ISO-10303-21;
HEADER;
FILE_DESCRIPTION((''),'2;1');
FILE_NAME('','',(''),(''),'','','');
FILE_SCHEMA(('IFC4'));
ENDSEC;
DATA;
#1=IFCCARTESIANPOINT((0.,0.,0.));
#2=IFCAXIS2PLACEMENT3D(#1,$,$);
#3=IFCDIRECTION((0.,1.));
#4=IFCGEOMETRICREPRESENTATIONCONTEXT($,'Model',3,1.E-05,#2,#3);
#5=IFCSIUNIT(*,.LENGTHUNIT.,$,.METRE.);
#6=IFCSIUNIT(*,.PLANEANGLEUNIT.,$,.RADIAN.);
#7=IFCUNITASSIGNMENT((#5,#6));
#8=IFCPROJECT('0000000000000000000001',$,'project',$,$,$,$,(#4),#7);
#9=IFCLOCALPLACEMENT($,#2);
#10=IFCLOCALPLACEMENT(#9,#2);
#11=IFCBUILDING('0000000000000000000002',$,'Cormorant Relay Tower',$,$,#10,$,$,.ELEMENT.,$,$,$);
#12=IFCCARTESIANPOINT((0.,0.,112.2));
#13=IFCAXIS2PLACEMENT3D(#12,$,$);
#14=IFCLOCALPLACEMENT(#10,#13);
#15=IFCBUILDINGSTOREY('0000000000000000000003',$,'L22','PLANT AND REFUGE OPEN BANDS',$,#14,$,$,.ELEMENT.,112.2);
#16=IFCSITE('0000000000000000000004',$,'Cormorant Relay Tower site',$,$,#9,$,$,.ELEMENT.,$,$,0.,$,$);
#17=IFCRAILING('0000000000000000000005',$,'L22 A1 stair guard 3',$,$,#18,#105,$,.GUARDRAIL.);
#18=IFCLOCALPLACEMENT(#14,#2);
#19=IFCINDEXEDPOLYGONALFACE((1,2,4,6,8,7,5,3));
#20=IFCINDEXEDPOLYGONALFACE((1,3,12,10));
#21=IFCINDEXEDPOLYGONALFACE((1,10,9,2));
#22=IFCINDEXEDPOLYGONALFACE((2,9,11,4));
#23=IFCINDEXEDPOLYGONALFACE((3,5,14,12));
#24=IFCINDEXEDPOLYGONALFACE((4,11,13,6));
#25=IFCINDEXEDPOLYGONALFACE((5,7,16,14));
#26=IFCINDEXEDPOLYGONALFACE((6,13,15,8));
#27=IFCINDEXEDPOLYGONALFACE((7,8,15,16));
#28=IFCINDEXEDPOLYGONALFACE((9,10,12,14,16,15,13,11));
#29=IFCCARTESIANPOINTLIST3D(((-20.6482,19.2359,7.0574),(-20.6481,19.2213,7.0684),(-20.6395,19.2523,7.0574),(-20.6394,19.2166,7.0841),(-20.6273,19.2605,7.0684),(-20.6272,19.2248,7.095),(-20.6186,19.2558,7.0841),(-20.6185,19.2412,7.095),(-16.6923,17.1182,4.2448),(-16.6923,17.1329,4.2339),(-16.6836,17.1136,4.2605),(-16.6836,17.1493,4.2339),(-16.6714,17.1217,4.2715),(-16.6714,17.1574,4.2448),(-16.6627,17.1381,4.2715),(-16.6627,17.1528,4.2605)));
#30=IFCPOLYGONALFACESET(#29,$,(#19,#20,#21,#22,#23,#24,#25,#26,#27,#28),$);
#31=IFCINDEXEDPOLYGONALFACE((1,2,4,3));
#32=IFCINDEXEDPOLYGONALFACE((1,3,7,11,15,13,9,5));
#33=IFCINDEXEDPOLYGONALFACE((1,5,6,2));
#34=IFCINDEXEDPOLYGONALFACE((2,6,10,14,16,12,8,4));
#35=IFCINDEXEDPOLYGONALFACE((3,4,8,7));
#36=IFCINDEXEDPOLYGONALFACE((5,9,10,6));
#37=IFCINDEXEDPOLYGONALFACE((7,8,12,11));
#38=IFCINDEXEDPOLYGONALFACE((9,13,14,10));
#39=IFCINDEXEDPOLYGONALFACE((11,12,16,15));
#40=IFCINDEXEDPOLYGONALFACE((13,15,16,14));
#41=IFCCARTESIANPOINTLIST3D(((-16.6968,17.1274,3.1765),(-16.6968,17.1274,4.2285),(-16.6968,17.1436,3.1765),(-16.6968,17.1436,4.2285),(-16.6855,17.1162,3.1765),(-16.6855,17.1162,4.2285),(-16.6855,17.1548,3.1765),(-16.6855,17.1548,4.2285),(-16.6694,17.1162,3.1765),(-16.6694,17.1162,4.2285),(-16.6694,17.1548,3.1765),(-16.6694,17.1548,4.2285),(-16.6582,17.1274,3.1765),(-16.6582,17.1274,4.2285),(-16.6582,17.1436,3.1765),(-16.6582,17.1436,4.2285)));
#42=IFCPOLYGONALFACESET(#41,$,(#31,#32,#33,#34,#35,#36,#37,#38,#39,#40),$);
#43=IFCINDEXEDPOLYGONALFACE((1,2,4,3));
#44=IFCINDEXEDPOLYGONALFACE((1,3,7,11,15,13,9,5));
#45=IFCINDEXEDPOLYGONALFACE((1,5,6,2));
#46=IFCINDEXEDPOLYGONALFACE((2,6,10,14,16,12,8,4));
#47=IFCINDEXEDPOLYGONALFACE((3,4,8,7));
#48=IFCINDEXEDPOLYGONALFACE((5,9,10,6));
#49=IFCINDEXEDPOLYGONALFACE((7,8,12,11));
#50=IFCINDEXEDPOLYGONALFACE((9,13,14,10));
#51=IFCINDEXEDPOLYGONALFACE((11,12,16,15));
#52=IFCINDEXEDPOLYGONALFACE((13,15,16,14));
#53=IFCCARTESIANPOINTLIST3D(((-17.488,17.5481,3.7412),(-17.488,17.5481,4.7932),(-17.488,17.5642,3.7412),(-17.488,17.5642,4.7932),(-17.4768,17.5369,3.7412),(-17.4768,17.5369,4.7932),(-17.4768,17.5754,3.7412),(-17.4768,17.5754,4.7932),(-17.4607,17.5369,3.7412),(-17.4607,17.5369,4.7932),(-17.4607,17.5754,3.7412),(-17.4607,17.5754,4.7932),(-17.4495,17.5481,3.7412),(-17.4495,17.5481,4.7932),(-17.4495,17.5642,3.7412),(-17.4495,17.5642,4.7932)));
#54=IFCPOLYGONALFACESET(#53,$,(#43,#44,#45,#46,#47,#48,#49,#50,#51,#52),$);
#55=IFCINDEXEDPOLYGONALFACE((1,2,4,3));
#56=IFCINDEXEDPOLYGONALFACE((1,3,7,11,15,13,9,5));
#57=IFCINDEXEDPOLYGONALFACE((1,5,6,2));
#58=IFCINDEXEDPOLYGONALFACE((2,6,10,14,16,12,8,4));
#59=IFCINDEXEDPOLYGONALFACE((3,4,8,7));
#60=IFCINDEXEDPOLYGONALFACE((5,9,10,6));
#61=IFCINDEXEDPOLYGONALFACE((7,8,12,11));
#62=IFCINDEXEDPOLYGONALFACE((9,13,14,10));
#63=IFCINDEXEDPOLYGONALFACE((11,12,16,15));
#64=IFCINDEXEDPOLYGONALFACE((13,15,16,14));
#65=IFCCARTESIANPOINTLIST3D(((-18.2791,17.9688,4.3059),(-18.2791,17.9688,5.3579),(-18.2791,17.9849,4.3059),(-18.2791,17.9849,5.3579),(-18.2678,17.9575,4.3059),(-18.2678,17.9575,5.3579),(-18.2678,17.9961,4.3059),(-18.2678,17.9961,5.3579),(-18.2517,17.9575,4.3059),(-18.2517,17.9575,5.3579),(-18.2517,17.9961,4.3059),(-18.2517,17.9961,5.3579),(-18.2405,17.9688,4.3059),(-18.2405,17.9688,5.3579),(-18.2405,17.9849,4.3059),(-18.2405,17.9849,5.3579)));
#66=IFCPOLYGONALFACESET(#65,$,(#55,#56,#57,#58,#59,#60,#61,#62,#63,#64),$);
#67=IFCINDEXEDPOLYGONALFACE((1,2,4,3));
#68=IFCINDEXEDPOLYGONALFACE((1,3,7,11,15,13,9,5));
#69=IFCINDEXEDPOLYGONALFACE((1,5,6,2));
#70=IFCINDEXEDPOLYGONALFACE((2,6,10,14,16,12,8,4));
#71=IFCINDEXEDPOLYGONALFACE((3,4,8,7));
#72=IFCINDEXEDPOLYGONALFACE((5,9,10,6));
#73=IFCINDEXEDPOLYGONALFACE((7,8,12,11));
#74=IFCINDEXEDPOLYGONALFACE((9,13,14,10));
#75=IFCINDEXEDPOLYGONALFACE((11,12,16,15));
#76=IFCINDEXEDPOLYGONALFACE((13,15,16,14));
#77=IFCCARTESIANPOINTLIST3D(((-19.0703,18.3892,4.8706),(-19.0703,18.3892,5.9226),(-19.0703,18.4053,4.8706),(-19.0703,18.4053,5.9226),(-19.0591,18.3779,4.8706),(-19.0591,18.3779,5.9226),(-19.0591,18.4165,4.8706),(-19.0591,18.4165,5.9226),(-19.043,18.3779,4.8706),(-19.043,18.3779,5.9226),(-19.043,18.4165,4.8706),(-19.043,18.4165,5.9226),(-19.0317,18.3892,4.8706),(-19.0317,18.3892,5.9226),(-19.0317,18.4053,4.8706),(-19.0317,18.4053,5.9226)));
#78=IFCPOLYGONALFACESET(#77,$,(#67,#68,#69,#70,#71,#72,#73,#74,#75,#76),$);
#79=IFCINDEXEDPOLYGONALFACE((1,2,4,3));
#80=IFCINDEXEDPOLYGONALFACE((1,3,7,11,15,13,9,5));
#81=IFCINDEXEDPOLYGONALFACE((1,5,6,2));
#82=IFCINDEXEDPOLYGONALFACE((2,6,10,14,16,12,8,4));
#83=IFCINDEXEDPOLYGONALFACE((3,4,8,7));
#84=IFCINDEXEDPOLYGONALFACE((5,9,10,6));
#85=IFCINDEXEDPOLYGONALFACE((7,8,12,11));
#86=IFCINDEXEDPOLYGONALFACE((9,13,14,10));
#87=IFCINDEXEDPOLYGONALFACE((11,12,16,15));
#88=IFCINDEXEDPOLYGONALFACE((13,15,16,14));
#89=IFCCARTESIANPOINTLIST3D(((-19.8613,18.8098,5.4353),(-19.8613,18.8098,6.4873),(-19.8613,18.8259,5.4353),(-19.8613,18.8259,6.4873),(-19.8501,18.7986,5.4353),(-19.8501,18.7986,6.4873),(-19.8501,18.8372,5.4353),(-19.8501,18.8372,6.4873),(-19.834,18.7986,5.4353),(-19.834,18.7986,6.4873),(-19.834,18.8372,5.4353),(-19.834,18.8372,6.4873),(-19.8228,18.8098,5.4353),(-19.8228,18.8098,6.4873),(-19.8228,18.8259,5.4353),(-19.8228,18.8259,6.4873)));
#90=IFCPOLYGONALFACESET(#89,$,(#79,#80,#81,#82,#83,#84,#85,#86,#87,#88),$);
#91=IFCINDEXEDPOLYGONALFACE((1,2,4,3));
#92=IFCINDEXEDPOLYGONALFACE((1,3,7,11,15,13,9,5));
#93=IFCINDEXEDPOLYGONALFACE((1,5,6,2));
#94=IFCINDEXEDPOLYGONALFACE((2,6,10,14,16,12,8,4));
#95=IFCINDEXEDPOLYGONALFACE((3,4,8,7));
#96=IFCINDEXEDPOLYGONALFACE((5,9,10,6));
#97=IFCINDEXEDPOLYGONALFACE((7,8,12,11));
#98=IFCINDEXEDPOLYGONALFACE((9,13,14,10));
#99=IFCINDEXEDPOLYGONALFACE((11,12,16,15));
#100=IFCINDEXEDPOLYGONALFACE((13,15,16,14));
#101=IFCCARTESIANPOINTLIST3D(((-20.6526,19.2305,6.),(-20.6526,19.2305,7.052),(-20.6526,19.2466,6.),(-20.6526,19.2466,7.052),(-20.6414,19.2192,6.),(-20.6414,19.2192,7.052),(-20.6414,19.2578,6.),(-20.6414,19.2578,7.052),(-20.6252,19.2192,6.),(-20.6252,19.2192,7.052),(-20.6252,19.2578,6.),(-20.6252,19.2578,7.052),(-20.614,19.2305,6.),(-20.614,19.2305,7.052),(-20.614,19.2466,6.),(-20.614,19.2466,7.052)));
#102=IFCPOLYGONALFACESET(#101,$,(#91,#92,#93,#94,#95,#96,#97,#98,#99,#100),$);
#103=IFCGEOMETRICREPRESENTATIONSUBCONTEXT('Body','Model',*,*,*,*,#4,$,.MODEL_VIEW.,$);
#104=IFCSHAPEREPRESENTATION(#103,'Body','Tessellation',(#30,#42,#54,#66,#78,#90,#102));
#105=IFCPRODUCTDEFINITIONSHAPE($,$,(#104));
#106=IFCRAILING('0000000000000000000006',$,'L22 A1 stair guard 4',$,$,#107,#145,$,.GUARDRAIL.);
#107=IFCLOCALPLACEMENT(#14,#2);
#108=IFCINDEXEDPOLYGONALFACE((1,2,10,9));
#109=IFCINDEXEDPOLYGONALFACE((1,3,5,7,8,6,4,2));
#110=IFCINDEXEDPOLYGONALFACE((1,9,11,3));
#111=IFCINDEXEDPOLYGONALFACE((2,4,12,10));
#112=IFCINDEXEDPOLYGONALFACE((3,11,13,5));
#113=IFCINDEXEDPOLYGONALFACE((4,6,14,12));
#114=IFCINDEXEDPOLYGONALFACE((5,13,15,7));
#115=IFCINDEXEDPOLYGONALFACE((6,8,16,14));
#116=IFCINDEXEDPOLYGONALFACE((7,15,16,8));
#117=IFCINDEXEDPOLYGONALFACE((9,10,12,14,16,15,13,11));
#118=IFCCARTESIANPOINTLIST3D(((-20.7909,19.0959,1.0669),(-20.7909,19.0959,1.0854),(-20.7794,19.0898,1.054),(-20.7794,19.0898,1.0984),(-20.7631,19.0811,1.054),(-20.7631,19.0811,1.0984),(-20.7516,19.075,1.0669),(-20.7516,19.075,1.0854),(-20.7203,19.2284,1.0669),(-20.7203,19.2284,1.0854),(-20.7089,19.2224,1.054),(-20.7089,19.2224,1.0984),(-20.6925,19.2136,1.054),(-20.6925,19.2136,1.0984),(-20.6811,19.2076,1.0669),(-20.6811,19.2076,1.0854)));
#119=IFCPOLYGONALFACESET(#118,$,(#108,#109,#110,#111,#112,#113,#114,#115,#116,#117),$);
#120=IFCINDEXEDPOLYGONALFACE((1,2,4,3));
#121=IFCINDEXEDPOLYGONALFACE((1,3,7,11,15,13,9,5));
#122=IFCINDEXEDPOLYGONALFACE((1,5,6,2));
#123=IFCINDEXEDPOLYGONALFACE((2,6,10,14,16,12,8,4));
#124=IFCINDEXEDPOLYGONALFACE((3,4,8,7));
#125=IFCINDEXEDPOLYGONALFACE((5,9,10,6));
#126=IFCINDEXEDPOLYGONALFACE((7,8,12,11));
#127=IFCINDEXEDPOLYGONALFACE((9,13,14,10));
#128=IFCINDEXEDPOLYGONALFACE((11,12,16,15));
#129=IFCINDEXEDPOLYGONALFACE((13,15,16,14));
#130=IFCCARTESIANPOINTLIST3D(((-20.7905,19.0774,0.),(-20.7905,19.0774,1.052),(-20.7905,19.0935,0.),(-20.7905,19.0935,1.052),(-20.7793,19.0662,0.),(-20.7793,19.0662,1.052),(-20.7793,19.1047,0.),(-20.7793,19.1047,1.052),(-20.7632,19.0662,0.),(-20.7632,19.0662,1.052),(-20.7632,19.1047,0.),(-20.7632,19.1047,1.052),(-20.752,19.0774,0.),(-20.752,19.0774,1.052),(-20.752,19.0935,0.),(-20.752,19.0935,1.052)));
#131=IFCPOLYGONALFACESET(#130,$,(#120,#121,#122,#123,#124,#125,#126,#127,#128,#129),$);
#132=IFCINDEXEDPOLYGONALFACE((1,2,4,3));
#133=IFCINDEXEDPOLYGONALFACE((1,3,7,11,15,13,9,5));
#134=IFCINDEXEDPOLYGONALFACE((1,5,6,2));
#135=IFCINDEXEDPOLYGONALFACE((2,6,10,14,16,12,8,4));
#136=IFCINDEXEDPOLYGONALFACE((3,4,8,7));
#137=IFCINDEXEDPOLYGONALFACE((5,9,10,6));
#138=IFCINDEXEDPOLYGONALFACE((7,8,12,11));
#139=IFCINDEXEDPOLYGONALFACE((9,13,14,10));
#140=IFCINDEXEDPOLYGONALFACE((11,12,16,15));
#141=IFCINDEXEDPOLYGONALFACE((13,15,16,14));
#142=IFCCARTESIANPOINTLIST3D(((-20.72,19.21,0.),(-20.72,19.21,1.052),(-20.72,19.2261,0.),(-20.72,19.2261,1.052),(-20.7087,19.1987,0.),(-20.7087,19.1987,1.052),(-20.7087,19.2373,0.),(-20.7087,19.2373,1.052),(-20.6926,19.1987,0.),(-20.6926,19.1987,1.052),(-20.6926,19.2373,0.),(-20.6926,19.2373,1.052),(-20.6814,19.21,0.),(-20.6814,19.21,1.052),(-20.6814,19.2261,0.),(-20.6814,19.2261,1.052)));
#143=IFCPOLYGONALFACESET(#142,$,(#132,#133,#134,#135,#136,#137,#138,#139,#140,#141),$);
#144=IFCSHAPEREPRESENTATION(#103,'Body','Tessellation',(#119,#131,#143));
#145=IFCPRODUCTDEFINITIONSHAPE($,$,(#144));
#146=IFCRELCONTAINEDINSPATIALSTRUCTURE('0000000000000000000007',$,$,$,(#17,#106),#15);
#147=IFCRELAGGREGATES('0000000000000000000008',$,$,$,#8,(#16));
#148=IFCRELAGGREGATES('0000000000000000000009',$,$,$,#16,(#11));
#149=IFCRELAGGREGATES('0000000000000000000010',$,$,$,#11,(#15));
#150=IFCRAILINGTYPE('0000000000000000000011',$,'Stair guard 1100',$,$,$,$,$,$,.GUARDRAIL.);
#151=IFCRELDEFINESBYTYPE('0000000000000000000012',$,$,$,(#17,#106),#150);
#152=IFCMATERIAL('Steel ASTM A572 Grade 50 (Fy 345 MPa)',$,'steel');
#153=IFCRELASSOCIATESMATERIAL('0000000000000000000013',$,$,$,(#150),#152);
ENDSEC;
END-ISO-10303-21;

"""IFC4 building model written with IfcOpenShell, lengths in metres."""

from ifc_helpers import new_model, si_unit, direction, frame, origin, place, context, subcontext, project, spatial, polyline, outline, extrude, material, type_object, element, save


model = new_model("IFC4")

# Units and contexts
model_context = context("Model", 3, precision=1e-05, world=origin(), true_north=direction((0.0, 1.0)))
body_context = subcontext(model_context, "Body", "Model", "MODEL_VIEW")
ifc_project = project(units=[si_unit("LENGTHUNIT", "METRE"), si_unit("PLANEANGLEUNIT", "RADIAN")], contexts=[model_context])

# Site, building, storey
site_placement = place(None, origin())
site = spatial("IfcSite", under=ifc_project, at=site_placement, Name="Cormorant Relay Tower site", CompositionType="ELEMENT", RefElevation=0.0)
building_placement = place(site_placement, origin())
building = spatial("IfcBuilding", under=site, at=building_placement, Name="Cormorant Relay Tower", CompositionType="ELEMENT")
storey_placement = place(building_placement, frame((0.0, 0.0, 112.2)))
storey = spatial("IfcBuildingStorey", under=building, at=storey_placement, Name="L22", Description="PLANT AND REFUGE OPEN BANDS", CompositionType="ELEMENT", Elevation=112.2)

# Railings
ifc_material_1 = material(Name="Steel ASTM A572 Grade 50 (Fy 345 MPa)", Category="steel")
railing_type_1 = type_object("IfcRailingType", Name="Stair guard 1100", PredefinedType="GUARDRAIL", material=ifc_material_1)
railing_1_placement = place(storey_placement, frame((-16.6775, 17.1355, 3.1765)))
element("IfcRailing", 1, at=railing_1_placement, inside=storey, type_object=railing_type_1, Name="L22 A1 stair guard 3", PredefinedType="GUARDRAIL", context=body_context, shape_type="SweptSolid", body=[
    extrude(outline(polyline([(0.0222, 0.0093), (0.0093, 0.0222), (-0.0093, 0.0222), (-0.0222, 0.0093), (-0.0222, -0.0093), (-0.0093, -0.0222), (0.0093, -0.0222), (0.0222, -0.0093), (0.0222, 0.0093)])), frame((0.0, 0.0, 1.0762), z_axis=(-0.747001, 0.397128, 0.533177), x_axis=(-0.469417, -0.882977, 0.0)), (0.0, 0.0, 1.0), 5.2957),
    extrude(outline(polyline([(0.0193, 0.0081), (0.0081, 0.0193), (-0.0081, 0.0193), (-0.0193, 0.0081), (-0.0193, -0.0081), (-0.0081, -0.0193), (0.0081, -0.0193), (0.0193, -0.0081), (0.0193, 0.0081)])), origin(), (0.0, 0.0, 1.0), 1.052),
    extrude(outline(polyline([(0.0193, 0.0081), (0.0081, 0.0193), (-0.0081, 0.0193), (-0.0193, 0.0081), (-0.0193, -0.0081), (-0.0081, -0.0193), (0.0081, -0.0193), (0.0193, -0.0081), (0.0193, 0.0081)])), frame((-0.7913, 0.4207, 0.5647)), (0.0, 0.0, 1.0), 1.052),
    extrude(outline(polyline([(0.0193, 0.0081), (0.0081, 0.0193), (-0.0081, 0.0193), (-0.0193, 0.0081), (-0.0193, -0.0081), (-0.0081, -0.0193), (0.0081, -0.0193), (0.0193, -0.0081), (0.0193, 0.0081)])), frame((-1.5823, 0.8413, 1.1294)), (0.0, 0.0, 1.0), 1.052),
    extrude(outline(polyline([(0.0193, 0.0081), (0.0081, 0.0193), (-0.0081, 0.0193), (-0.0193, 0.0081), (-0.0193, -0.0081), (-0.0081, -0.0193), (0.0081, -0.0193), (0.0193, -0.0081), (0.0193, 0.0081)])), frame((-2.3735, 1.2617, 1.6941)), (0.0, 0.0, 1.0), 1.052),
    extrude(outline(polyline([(0.0193, 0.0081), (0.0081, 0.0193), (-0.0081, 0.0193), (-0.0193, 0.0081), (-0.0193, -0.0081), (-0.0081, -0.0193), (0.0081, -0.0193), (0.0193, -0.0081), (0.0193, 0.0081)])), frame((-3.1646, 1.6824, 2.2588)), (0.0, 0.0, 1.0), 1.052),
    extrude(outline(polyline([(0.0193, 0.0081), (0.0081, 0.0193), (-0.0081, 0.0193), (-0.0193, 0.0081), (-0.0193, -0.0081), (-0.0081, -0.0193), (0.0081, -0.0193), (0.0193, -0.0081), (0.0193, 0.0081)])), frame((-3.9558, 2.103, 2.8235)), (0.0, 0.0, 1.0), 1.052),
])
railing_2_placement = place(storey_placement, frame((-20.7712, 19.0854, 0.0)))
element("IfcRailing", 2, at=railing_2_placement, inside=storey, type_object=railing_type_1, Name="L22 A1 stair guard 4", PredefinedType="GUARDRAIL", context=body_context, shape_type="SweptSolid", body=[
    extrude(outline(polyline([(0.0222, 0.0093), (0.0093, 0.0222), (-0.0093, 0.0222), (-0.0222, 0.0093), (-0.0222, -0.0093), (-0.0093, -0.0222), (0.0093, -0.0222), (0.0222, -0.0093), (0.0222, 0.0093)])), frame((0.0, 0.0, 1.0762), z_axis=(0.469829, 0.882758, 0.0), x_axis=(-0.882758, 0.469829, 0.0)), (0.0, 0.0, 1.0), 0.1501),
    extrude(outline(polyline([(0.0193, 0.0081), (0.0081, 0.0193), (-0.0081, 0.0193), (-0.0193, 0.0081), (-0.0193, -0.0081), (-0.0081, -0.0193), (0.0081, -0.0193), (0.0193, -0.0081), (0.0193, 0.0081)])), origin(), (0.0, 0.0, 1.0), 1.052),
    extrude(outline(polyline([(0.0193, 0.0081), (0.0081, 0.0193), (-0.0081, 0.0193), (-0.0193, 0.0081), (-0.0193, -0.0081), (-0.0081, -0.0193), (0.0081, -0.0193), (0.0193, -0.0081), (0.0193, 0.0081)])), frame((0.0706, 0.1326, 0.0)), (0.0, 0.0, 1.0), 1.052),
])

save(model, "model.ifc")
